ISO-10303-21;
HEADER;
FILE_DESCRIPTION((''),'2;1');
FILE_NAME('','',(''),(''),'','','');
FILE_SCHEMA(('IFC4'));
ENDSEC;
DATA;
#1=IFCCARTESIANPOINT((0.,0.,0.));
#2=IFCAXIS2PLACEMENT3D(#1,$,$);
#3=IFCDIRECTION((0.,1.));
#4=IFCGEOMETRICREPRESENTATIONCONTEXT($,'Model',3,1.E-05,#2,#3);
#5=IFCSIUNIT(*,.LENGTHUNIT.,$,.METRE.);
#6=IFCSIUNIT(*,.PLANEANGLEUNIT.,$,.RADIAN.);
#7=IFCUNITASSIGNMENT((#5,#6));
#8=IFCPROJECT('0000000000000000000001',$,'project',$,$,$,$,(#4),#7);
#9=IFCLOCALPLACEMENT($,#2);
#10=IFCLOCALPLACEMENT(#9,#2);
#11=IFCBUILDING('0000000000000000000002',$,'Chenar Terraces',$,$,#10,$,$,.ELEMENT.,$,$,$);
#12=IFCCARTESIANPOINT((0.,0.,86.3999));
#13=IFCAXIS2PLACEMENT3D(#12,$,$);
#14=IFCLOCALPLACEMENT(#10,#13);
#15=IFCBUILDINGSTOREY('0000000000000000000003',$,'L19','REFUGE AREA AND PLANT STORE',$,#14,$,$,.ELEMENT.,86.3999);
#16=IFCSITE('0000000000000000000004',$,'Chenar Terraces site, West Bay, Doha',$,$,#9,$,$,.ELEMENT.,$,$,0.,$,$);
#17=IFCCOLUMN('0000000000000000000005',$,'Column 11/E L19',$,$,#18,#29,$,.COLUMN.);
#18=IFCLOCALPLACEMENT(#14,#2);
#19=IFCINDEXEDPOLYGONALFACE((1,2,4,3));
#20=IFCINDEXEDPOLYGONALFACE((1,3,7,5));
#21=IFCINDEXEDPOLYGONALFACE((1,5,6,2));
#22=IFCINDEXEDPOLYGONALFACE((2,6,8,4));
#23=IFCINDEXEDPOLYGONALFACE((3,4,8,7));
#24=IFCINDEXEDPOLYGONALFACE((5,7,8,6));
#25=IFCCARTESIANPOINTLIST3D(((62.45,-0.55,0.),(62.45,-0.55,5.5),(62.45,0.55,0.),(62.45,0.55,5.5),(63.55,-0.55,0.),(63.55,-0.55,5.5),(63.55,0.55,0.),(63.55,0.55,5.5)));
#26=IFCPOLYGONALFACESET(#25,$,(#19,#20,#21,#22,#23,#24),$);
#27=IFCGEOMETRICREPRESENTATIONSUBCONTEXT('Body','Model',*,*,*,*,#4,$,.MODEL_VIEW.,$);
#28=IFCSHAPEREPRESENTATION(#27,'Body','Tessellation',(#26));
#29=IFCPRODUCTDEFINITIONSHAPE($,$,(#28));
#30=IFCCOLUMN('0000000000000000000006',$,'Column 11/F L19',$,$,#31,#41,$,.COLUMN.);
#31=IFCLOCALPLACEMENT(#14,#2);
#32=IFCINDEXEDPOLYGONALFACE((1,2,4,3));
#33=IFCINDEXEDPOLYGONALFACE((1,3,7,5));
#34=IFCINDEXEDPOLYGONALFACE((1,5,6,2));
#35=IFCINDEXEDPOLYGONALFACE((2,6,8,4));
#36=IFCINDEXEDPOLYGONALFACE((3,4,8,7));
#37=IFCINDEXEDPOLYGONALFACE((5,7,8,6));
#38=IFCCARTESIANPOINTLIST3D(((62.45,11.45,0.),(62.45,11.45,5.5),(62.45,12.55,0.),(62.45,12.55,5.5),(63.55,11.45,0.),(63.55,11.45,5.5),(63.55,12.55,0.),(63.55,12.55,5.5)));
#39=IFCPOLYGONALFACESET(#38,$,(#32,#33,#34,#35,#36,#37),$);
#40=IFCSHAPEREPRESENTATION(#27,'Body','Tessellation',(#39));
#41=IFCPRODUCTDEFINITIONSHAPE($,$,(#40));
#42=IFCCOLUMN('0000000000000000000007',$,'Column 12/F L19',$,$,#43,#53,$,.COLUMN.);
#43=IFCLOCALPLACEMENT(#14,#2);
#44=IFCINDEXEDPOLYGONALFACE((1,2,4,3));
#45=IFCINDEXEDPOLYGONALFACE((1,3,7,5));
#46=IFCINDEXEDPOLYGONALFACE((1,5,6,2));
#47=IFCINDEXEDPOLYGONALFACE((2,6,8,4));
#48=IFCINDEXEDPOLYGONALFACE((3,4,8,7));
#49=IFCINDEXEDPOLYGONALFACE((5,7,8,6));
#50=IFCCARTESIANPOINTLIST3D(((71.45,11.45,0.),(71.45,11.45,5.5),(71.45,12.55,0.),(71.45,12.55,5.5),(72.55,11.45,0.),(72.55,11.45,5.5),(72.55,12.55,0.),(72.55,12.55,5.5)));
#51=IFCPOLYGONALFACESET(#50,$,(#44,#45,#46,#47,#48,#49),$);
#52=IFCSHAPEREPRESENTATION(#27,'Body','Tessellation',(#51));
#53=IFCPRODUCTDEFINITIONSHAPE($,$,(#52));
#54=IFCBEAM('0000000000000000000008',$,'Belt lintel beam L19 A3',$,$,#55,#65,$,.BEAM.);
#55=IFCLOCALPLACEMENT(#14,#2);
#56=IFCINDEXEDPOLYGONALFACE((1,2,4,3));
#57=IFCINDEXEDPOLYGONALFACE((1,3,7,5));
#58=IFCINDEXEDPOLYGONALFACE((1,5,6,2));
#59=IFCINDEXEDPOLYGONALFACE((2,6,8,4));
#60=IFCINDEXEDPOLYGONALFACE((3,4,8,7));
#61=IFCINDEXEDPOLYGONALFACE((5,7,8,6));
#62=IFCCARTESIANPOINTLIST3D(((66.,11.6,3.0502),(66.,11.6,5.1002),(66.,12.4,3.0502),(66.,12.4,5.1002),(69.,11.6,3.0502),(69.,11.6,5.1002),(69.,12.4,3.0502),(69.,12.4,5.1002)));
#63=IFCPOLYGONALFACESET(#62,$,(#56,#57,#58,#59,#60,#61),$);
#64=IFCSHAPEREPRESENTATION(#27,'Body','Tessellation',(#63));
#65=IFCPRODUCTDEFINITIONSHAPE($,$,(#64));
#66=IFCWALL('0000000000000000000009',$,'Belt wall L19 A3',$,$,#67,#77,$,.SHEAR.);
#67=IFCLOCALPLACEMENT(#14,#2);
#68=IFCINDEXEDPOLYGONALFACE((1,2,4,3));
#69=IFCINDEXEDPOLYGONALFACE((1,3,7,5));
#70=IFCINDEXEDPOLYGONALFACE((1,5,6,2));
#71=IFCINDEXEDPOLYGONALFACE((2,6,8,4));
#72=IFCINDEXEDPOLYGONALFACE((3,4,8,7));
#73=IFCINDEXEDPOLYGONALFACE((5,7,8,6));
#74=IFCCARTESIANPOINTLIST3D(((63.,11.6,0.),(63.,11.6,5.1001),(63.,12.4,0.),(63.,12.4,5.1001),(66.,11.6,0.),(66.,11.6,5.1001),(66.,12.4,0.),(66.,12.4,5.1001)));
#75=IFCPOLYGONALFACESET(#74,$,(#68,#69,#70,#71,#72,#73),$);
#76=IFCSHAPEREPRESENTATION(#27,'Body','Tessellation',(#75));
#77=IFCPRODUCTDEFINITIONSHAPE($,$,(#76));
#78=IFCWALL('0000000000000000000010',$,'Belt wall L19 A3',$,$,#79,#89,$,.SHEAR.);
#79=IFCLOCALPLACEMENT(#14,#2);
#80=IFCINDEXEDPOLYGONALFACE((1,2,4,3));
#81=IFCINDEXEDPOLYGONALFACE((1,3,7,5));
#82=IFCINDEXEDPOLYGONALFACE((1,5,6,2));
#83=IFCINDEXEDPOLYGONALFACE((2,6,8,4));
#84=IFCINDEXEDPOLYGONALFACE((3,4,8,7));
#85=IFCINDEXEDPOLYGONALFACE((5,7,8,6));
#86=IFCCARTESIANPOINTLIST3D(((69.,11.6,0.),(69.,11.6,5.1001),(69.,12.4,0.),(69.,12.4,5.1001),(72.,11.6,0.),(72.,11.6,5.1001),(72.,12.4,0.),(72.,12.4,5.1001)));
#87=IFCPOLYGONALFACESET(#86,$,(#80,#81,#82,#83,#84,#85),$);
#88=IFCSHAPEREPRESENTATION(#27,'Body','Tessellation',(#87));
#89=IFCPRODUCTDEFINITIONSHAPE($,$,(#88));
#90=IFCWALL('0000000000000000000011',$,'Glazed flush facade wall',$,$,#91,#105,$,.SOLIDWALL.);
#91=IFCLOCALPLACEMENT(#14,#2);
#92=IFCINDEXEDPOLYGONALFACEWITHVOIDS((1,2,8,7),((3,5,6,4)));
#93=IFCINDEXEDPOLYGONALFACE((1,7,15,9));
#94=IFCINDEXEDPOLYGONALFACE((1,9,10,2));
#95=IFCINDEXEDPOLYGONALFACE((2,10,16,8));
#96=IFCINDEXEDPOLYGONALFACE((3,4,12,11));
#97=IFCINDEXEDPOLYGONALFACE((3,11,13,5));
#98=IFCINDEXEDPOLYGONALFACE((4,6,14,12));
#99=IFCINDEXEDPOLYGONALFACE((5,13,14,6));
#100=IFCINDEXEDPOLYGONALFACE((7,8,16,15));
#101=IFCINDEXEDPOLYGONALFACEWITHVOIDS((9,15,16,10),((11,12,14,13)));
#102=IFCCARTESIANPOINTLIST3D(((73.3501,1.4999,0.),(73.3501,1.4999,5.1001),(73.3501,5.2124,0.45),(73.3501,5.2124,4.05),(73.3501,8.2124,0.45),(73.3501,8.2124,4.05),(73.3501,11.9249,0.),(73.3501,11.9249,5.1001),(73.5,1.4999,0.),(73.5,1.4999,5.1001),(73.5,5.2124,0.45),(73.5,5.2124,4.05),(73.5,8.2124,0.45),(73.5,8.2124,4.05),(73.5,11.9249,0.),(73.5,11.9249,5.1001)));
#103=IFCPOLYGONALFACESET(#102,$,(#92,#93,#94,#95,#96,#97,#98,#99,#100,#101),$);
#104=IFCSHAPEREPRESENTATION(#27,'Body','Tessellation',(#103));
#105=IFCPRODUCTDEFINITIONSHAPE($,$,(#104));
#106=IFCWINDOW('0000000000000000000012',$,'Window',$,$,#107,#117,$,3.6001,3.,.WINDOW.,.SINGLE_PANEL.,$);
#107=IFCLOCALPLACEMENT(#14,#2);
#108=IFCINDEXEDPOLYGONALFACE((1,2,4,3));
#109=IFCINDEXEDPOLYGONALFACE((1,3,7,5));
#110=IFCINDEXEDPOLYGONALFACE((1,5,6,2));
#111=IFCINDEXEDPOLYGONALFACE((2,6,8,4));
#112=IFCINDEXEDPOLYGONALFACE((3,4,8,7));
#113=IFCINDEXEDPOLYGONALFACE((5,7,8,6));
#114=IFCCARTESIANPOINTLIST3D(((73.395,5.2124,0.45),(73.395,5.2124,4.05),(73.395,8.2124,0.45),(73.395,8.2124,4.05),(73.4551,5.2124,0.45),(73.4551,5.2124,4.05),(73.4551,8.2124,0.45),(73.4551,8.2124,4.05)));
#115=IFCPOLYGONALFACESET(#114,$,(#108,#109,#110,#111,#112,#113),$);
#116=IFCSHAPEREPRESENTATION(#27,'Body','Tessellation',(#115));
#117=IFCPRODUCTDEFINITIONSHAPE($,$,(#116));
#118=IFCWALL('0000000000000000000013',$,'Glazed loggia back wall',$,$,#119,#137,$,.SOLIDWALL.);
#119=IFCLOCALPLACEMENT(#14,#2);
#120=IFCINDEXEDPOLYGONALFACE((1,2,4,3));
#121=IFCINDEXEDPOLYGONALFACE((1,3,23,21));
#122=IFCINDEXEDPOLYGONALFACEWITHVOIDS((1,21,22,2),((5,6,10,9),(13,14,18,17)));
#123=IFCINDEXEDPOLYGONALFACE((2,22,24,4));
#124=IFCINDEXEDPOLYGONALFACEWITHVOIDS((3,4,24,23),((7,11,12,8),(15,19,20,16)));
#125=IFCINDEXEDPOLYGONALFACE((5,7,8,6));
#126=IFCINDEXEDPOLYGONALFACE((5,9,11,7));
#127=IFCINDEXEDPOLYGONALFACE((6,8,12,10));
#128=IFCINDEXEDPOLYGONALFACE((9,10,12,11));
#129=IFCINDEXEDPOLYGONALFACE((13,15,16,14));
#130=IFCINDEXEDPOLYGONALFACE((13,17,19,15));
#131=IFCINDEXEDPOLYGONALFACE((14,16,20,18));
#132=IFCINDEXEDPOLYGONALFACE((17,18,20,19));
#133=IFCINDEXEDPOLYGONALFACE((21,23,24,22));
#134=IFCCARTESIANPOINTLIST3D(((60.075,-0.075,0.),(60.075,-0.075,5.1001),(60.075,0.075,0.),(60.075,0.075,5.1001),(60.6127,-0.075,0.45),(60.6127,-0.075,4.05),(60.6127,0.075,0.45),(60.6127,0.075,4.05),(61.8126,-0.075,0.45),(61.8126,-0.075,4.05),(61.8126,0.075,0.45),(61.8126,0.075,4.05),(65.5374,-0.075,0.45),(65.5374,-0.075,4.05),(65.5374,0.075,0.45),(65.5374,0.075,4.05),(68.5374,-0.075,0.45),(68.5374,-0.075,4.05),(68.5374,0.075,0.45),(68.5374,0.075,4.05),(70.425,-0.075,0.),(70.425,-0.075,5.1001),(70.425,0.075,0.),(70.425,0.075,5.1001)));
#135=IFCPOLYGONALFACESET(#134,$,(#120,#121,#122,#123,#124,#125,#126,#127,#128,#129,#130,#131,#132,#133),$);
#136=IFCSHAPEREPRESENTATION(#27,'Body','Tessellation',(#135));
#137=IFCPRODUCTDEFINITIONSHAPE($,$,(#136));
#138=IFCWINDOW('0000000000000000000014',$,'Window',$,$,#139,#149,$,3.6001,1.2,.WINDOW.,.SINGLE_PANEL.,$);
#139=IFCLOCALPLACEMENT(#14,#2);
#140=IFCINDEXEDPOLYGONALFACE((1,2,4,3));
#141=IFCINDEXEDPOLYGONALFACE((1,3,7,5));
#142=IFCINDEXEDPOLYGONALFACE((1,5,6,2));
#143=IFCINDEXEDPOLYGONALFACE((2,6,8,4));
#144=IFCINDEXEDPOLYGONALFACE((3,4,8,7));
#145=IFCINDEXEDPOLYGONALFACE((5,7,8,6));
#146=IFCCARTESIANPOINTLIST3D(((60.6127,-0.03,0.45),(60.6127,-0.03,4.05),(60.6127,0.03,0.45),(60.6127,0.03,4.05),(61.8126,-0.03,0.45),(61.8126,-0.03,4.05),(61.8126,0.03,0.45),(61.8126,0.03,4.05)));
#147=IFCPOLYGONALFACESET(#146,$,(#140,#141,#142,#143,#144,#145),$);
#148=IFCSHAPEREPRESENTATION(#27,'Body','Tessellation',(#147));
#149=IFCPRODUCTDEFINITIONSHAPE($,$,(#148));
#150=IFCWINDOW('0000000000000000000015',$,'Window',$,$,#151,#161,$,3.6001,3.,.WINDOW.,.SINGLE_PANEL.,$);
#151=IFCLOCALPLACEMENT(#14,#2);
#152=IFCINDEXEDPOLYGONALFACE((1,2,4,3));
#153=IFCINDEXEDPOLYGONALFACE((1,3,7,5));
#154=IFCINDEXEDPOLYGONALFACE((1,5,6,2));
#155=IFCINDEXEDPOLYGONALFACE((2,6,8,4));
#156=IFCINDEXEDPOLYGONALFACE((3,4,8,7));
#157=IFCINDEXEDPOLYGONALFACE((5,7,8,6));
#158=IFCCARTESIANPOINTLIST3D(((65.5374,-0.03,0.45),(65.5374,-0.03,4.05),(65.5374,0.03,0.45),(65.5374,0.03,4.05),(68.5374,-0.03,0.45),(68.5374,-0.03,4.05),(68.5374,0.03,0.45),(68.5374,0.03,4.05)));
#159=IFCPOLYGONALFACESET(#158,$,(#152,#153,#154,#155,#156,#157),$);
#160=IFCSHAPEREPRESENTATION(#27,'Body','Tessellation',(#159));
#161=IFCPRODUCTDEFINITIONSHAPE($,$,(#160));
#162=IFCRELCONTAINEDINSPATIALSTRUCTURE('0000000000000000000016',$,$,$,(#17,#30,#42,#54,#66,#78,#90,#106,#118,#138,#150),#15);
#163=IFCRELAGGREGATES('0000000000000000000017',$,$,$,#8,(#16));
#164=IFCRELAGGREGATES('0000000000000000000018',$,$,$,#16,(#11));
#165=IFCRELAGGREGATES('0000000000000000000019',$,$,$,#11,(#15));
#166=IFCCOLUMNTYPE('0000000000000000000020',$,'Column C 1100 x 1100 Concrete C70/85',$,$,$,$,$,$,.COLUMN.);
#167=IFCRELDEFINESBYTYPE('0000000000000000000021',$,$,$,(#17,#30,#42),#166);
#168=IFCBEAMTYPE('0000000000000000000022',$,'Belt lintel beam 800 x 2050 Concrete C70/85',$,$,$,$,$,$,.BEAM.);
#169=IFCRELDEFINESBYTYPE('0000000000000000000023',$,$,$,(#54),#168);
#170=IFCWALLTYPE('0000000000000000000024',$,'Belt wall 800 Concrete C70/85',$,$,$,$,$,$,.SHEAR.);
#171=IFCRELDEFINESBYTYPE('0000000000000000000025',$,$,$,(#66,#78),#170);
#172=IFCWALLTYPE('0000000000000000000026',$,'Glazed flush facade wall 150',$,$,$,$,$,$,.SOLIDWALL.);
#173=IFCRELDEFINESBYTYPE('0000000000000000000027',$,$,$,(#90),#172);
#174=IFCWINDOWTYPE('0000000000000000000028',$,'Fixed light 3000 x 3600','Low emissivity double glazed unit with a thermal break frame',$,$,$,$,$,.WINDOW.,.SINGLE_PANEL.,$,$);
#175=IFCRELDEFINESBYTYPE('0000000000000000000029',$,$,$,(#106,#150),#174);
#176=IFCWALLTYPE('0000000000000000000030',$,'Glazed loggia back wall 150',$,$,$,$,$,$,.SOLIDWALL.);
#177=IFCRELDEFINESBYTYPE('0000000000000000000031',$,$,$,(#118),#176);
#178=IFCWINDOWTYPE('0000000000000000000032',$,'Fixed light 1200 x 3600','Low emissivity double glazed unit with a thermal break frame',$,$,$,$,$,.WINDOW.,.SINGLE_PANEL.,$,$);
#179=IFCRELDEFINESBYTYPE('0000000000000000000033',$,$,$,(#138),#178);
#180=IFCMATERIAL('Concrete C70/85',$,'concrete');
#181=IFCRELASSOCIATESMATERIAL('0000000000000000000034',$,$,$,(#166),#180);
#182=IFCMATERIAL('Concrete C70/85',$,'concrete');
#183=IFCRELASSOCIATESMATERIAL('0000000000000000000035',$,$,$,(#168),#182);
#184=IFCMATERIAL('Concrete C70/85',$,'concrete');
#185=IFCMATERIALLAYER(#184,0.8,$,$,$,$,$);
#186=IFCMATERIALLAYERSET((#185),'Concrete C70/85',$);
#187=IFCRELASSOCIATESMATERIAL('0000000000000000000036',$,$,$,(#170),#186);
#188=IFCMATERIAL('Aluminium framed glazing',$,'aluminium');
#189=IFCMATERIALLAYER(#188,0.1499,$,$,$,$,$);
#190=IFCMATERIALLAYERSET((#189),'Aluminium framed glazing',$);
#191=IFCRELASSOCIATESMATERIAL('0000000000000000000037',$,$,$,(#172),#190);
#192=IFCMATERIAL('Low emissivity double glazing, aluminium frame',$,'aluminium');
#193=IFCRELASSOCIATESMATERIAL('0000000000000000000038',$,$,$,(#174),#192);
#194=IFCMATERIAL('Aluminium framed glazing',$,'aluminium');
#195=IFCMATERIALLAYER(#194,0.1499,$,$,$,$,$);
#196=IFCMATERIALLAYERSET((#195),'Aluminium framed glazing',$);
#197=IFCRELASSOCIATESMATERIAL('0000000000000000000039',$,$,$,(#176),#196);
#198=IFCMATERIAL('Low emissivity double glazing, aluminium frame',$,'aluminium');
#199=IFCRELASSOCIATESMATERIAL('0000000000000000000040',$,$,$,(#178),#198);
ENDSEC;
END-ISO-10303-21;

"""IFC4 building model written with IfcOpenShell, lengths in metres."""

from ifc_helpers import new_model, si_unit, direction, frame, frame_2d, origin, origin_2d, place, context, subcontext, project, spatial, rectangle, extrude, material, layer, layer_set, material_profile, profile_set, type_object, element, fill, save


model = new_model("IFC4")

# Units and contexts
model_context = context("Model", 3, precision=1e-05, world=origin(), true_north=direction((0.0, 1.0)))
body_context = subcontext(model_context, "Body", "Model", "MODEL_VIEW")
ifc_project = project(units=[si_unit("LENGTHUNIT", "METRE"), si_unit("PLANEANGLEUNIT", "RADIAN")], contexts=[model_context])

# Site, building, storey
site_placement = place(None, origin())
site = spatial("IfcSite", under=ifc_project, at=site_placement, Name="Chenar Terraces site, West Bay, Doha", CompositionType="ELEMENT", RefElevation=0.0)
building_placement = place(site_placement, origin())
building = spatial("IfcBuilding", under=site, at=building_placement, Name="Chenar Terraces", CompositionType="ELEMENT")
storey_placement = place(building_placement, frame((0.0, 0.0, 86.3999)))
storey = spatial("IfcBuildingStorey", under=building, at=storey_placement, Name="L19", Description="REFUGE AREA AND PLANT STORE", CompositionType="ELEMENT", Elevation=86.3999)

# Columns
ifc_material_1 = material(Name="Concrete C70/85", Category="concrete")
ifc_material_profile_1 = material_profile(ifc_material_1, rectangle(XDim=1.1001, YDim=1.1001, at=origin_2d()), Name="C 1100 x 1100")
ifc_profile_set_1 = profile_set([ifc_material_profile_1], Name="Concrete C70/85")
column_type = type_object("IfcColumnType", Name="Column C 1100 x 1100 Concrete C70/85", PredefinedType="COLUMN", material=ifc_profile_set_1)
column_1_placement = place(storey_placement, frame((63.0, 0.0, 0.0), z_axis=(0.0, 0.0, 1.0), x_axis=(1.0, 0.0, 0.0)))
element("IfcColumn", 1, at=column_1_placement, inside=storey, type_object=column_type, Name="Column 11/E L19", PredefinedType="COLUMN", context=body_context, shape_type="SweptSolid", body=[
    extrude(rectangle(XDim=1.1001, YDim=1.1001, at=origin_2d()), origin(), (0.0, 0.0, 1.0), 5.5),
])
placement = place(storey_placement, frame((63.0, 12.0, 0.0), z_axis=(0.0, 0.0, 1.0), x_axis=(1.0, 0.0, 0.0)))
element("IfcColumn", 2, at=placement, inside=storey, type_object=column_type, Name="Column 11/F L19", PredefinedType="COLUMN", context=body_context, shape_type="SweptSolid", body=[
    extrude(rectangle(XDim=1.1001, YDim=1.1001, at=origin_2d()), origin(), (0.0, 0.0, 1.0), 5.5),
])
column_2_placement = place(storey_placement, frame((72.0, 12.0, 0.0), z_axis=(0.0, 0.0, 1.0), x_axis=(1.0, 0.0, 0.0)))
element("IfcColumn", 3, at=column_2_placement, inside=storey, type_object=column_type, Name="Column 12/F L19", PredefinedType="COLUMN", context=body_context, shape_type="SweptSolid", body=[
    extrude(rectangle(XDim=1.1001, YDim=1.1001, at=origin_2d()), origin(), (0.0, 0.0, 1.0), 5.5),
])

# Beam
ifc_material_2 = material(Name="Concrete C70/85", Category="concrete")
ifc_material_profile_2 = material_profile(ifc_material_2, rectangle(XDim=0.8, YDim=2.05, at=origin_2d()), Name="RC 800 x 2050")
ifc_profile_set_2 = profile_set([ifc_material_profile_2], Name="Concrete C70/85")
beam_type = type_object("IfcBeamType", Name="Belt lintel beam 800 x 2050 Concrete C70/85", PredefinedType="BEAM", material=ifc_profile_set_2)
beam_placement = place(storey_placement, frame((66.0, 12.0, 4.0752), z_axis=(1.0, 0.0, 0.0), x_axis=(0.0, 1.0, 0.0)))
element("IfcBeam", 4, at=beam_placement, inside=storey, type_object=beam_type, Name="Belt lintel beam L19 A3", PredefinedType="BEAM", context=body_context, shape_type="SweptSolid", body=[
    extrude(rectangle(XDim=0.8, YDim=2.05, at=origin_2d()), origin(), (0.0, 0.0, 1.0), 3.0),
])

# Walls
ifc_material_3 = material(Name="Concrete C70/85", Category="concrete")
ifc_layer_1 = layer(ifc_material_3, 0.8)
ifc_layer_set_1 = layer_set([ifc_layer_1], Name="Concrete C70/85")
wall_type_1 = type_object("IfcWallType", Name="Belt wall 800 Concrete C70/85", PredefinedType="SHEAR", material=ifc_layer_set_1)
element("IfcWall", 5, at=placement, inside=storey, type_object=wall_type_1, Name="Belt wall L19 A3", PredefinedType="SHEAR", context=body_context, shape_type="SweptSolid", body=[
    extrude(rectangle(XDim=3.0, YDim=0.8, at=frame_2d((1.5, 0.0))), origin(), (0.0, 0.0, 1.0), 5.1001),
])
wall_1_placement = place(storey_placement, frame((69.0, 12.0, 0.0), z_axis=(0.0, 0.0, 1.0), x_axis=(1.0, 0.0, 0.0)))
element("IfcWall", 6, at=wall_1_placement, inside=storey, type_object=wall_type_1, Name="Belt wall L19 A3", PredefinedType="SHEAR", context=body_context, shape_type="SweptSolid", body=[
    extrude(rectangle(XDim=3.0, YDim=0.8, at=frame_2d((1.5, 0.0))), origin(), (0.0, 0.0, 1.0), 5.1001),
])

# Wall, opening, window
ifc_material_4 = material(Name="Aluminium framed glazing", Category="aluminium")
ifc_layer_2 = layer(ifc_material_4, 0.1499)
ifc_layer_set_2 = layer_set([ifc_layer_2], Name="Aluminium framed glazing")
wall_type_2 = type_object("IfcWallType", Name="Glazed flush facade wall 150", PredefinedType="SOLIDWALL", material=ifc_layer_set_2)
wall_2_placement = place(storey_placement, frame((73.425, 1.5, 0.0), z_axis=(0.0, 0.0, 1.0), x_axis=(0.0, 1.0, 0.0)))
wall_2 = element("IfcWall", 7, at=wall_2_placement, inside=storey, type_object=wall_type_2, Name="Glazed flush facade wall", PredefinedType="SOLIDWALL", context=body_context, shape_type="SweptSolid", body=[
    extrude(rectangle(XDim=10.425, YDim=0.1499, at=frame_2d((5.2124, 0.0))), origin(), (0.0, 0.0, 1.0), 5.1001),
])
opening_1_placement = place(wall_2_placement, frame((3.7124, 0.0, 0.45)))
opening_1 = element("IfcOpeningElement", 8, at=opening_1_placement, cuts=wall_2, PredefinedType="OPENING", context=body_context, shape_type="SweptSolid", body=[
    extrude(rectangle(XDim=3.0, YDim=3.6001, at=frame_2d((1.5, 1.8))), frame((0.0, 0.085, 0.0), z_axis=(0.0, -1.0, 0.0), x_axis=(1.0, 0.0, 0.0)), (0.0, 0.0, 1.0), 0.1699),
])
ifc_material_5 = material(Name="Low emissivity double glazing, aluminium frame", Category="aluminium")
window_type_1 = type_object("IfcWindowType", Name="Fixed light 3000 x 3600", Description="Low emissivity double glazed unit with a thermal break frame", PartitioningType="SINGLE_PANEL", PredefinedType="WINDOW", material=ifc_material_5)
window_1_placement = place(opening_1_placement, origin())
window_1 = element("IfcWindow", 9, at=window_1_placement, inside=storey, type_object=window_type_1, Name="Window", OverallHeight=3.6001, OverallWidth=3.0, PartitioningType="SINGLE_PANEL", PredefinedType="WINDOW", context=body_context, shape_type="SweptSolid", body=[
    extrude(rectangle(XDim=3.0, YDim=3.6001, at=frame_2d((1.5, 1.8))), frame((0.0, 0.03, 0.0), z_axis=(0.0, -1.0, 0.0), x_axis=(1.0, 0.0, 0.0)), (0.0, 0.0, 1.0), 0.0601),
])
fill(opening_1, window_1)

# Wall, openings, windows
ifc_material_6 = material(Name="Aluminium framed glazing", Category="aluminium")
ifc_layer_3 = layer(ifc_material_6, 0.1499)
ifc_layer_set_3 = layer_set([ifc_layer_3], Name="Aluminium framed glazing")
wall_type_3 = type_object("IfcWallType", Name="Glazed loggia back wall 150", PredefinedType="SOLIDWALL", material=ifc_layer_set_3)
wall_3_placement = place(storey_placement, frame((60.075, 0.0, 0.0), z_axis=(0.0, 0.0, 1.0), x_axis=(1.0, 0.0, 0.0)))
wall_3 = element("IfcWall", 10, at=wall_3_placement, inside=storey, type_object=wall_type_3, Name="Glazed loggia back wall", PredefinedType="SOLIDWALL", context=body_context, shape_type="SweptSolid", body=[
    extrude(rectangle(XDim=10.3501, YDim=0.1499, at=frame_2d((5.175, 0.0))), origin(), (0.0, 0.0, 1.0), 5.1001),
])
opening_2_placement = place(wall_3_placement, frame((0.5376, 0.0, 0.45)))
opening_2 = element("IfcOpeningElement", 11, at=opening_2_placement, cuts=wall_3, PredefinedType="OPENING", context=body_context, shape_type="SweptSolid", body=[
    extrude(rectangle(XDim=1.2, YDim=3.6001, at=frame_2d((0.6001, 1.8))), frame((0.0, 0.085, 0.0), z_axis=(0.0, -1.0, 0.0), x_axis=(1.0, 0.0, 0.0)), (0.0, 0.0, 1.0), 0.1699),
])
opening_3_placement = place(wall_3_placement, frame((5.4624, 0.0, 0.45)))
opening_3 = element("IfcOpeningElement", 12, at=opening_3_placement, cuts=wall_3, PredefinedType="OPENING", context=body_context, shape_type="SweptSolid", body=[
    extrude(rectangle(XDim=3.0, YDim=3.6001, at=frame_2d((1.5, 1.8))), frame((0.0, 0.085, 0.0), z_axis=(0.0, -1.0, 0.0), x_axis=(1.0, 0.0, 0.0)), (0.0, 0.0, 1.0), 0.1699),
])
ifc_material_7 = material(Name="Low emissivity double glazing, aluminium frame", Category="aluminium")
window_type_2 = type_object("IfcWindowType", Name="Fixed light 1200 x 3600", Description="Low emissivity double glazed unit with a thermal break frame", PartitioningType="SINGLE_PANEL", PredefinedType="WINDOW", material=ifc_material_7)
window_2_placement = place(opening_2_placement, origin())
window_2 = element("IfcWindow", 13, at=window_2_placement, inside=storey, type_object=window_type_2, Name="Window", OverallHeight=3.6001, OverallWidth=1.2, PartitioningType="SINGLE_PANEL", PredefinedType="WINDOW", context=body_context, shape_type="SweptSolid", body=[
    extrude(rectangle(XDim=1.2, YDim=3.6001, at=frame_2d((0.6001, 1.8))), frame((0.0, 0.03, 0.0), z_axis=(0.0, -1.0, 0.0), x_axis=(1.0, 0.0, 0.0)), (0.0, 0.0, 1.0), 0.0601),
])
fill(opening_2, window_2)
window_3_placement = place(opening_3_placement, origin())
window_3 = element("IfcWindow", 14, at=window_3_placement, inside=storey, type_object=window_type_1, Name="Window", OverallHeight=3.6001, OverallWidth=3.0, PartitioningType="SINGLE_PANEL", PredefinedType="WINDOW", context=body_context, shape_type="SweptSolid", body=[
    extrude(rectangle(XDim=3.0, YDim=3.6001, at=frame_2d((1.5, 1.8))), frame((0.0, 0.03, 0.0), z_axis=(0.0, -1.0, 0.0), x_axis=(1.0, 0.0, 0.0)), (0.0, 0.0, 1.0), 0.0601),
])
fill(opening_3, window_3)

save(model, "model.ifc")
